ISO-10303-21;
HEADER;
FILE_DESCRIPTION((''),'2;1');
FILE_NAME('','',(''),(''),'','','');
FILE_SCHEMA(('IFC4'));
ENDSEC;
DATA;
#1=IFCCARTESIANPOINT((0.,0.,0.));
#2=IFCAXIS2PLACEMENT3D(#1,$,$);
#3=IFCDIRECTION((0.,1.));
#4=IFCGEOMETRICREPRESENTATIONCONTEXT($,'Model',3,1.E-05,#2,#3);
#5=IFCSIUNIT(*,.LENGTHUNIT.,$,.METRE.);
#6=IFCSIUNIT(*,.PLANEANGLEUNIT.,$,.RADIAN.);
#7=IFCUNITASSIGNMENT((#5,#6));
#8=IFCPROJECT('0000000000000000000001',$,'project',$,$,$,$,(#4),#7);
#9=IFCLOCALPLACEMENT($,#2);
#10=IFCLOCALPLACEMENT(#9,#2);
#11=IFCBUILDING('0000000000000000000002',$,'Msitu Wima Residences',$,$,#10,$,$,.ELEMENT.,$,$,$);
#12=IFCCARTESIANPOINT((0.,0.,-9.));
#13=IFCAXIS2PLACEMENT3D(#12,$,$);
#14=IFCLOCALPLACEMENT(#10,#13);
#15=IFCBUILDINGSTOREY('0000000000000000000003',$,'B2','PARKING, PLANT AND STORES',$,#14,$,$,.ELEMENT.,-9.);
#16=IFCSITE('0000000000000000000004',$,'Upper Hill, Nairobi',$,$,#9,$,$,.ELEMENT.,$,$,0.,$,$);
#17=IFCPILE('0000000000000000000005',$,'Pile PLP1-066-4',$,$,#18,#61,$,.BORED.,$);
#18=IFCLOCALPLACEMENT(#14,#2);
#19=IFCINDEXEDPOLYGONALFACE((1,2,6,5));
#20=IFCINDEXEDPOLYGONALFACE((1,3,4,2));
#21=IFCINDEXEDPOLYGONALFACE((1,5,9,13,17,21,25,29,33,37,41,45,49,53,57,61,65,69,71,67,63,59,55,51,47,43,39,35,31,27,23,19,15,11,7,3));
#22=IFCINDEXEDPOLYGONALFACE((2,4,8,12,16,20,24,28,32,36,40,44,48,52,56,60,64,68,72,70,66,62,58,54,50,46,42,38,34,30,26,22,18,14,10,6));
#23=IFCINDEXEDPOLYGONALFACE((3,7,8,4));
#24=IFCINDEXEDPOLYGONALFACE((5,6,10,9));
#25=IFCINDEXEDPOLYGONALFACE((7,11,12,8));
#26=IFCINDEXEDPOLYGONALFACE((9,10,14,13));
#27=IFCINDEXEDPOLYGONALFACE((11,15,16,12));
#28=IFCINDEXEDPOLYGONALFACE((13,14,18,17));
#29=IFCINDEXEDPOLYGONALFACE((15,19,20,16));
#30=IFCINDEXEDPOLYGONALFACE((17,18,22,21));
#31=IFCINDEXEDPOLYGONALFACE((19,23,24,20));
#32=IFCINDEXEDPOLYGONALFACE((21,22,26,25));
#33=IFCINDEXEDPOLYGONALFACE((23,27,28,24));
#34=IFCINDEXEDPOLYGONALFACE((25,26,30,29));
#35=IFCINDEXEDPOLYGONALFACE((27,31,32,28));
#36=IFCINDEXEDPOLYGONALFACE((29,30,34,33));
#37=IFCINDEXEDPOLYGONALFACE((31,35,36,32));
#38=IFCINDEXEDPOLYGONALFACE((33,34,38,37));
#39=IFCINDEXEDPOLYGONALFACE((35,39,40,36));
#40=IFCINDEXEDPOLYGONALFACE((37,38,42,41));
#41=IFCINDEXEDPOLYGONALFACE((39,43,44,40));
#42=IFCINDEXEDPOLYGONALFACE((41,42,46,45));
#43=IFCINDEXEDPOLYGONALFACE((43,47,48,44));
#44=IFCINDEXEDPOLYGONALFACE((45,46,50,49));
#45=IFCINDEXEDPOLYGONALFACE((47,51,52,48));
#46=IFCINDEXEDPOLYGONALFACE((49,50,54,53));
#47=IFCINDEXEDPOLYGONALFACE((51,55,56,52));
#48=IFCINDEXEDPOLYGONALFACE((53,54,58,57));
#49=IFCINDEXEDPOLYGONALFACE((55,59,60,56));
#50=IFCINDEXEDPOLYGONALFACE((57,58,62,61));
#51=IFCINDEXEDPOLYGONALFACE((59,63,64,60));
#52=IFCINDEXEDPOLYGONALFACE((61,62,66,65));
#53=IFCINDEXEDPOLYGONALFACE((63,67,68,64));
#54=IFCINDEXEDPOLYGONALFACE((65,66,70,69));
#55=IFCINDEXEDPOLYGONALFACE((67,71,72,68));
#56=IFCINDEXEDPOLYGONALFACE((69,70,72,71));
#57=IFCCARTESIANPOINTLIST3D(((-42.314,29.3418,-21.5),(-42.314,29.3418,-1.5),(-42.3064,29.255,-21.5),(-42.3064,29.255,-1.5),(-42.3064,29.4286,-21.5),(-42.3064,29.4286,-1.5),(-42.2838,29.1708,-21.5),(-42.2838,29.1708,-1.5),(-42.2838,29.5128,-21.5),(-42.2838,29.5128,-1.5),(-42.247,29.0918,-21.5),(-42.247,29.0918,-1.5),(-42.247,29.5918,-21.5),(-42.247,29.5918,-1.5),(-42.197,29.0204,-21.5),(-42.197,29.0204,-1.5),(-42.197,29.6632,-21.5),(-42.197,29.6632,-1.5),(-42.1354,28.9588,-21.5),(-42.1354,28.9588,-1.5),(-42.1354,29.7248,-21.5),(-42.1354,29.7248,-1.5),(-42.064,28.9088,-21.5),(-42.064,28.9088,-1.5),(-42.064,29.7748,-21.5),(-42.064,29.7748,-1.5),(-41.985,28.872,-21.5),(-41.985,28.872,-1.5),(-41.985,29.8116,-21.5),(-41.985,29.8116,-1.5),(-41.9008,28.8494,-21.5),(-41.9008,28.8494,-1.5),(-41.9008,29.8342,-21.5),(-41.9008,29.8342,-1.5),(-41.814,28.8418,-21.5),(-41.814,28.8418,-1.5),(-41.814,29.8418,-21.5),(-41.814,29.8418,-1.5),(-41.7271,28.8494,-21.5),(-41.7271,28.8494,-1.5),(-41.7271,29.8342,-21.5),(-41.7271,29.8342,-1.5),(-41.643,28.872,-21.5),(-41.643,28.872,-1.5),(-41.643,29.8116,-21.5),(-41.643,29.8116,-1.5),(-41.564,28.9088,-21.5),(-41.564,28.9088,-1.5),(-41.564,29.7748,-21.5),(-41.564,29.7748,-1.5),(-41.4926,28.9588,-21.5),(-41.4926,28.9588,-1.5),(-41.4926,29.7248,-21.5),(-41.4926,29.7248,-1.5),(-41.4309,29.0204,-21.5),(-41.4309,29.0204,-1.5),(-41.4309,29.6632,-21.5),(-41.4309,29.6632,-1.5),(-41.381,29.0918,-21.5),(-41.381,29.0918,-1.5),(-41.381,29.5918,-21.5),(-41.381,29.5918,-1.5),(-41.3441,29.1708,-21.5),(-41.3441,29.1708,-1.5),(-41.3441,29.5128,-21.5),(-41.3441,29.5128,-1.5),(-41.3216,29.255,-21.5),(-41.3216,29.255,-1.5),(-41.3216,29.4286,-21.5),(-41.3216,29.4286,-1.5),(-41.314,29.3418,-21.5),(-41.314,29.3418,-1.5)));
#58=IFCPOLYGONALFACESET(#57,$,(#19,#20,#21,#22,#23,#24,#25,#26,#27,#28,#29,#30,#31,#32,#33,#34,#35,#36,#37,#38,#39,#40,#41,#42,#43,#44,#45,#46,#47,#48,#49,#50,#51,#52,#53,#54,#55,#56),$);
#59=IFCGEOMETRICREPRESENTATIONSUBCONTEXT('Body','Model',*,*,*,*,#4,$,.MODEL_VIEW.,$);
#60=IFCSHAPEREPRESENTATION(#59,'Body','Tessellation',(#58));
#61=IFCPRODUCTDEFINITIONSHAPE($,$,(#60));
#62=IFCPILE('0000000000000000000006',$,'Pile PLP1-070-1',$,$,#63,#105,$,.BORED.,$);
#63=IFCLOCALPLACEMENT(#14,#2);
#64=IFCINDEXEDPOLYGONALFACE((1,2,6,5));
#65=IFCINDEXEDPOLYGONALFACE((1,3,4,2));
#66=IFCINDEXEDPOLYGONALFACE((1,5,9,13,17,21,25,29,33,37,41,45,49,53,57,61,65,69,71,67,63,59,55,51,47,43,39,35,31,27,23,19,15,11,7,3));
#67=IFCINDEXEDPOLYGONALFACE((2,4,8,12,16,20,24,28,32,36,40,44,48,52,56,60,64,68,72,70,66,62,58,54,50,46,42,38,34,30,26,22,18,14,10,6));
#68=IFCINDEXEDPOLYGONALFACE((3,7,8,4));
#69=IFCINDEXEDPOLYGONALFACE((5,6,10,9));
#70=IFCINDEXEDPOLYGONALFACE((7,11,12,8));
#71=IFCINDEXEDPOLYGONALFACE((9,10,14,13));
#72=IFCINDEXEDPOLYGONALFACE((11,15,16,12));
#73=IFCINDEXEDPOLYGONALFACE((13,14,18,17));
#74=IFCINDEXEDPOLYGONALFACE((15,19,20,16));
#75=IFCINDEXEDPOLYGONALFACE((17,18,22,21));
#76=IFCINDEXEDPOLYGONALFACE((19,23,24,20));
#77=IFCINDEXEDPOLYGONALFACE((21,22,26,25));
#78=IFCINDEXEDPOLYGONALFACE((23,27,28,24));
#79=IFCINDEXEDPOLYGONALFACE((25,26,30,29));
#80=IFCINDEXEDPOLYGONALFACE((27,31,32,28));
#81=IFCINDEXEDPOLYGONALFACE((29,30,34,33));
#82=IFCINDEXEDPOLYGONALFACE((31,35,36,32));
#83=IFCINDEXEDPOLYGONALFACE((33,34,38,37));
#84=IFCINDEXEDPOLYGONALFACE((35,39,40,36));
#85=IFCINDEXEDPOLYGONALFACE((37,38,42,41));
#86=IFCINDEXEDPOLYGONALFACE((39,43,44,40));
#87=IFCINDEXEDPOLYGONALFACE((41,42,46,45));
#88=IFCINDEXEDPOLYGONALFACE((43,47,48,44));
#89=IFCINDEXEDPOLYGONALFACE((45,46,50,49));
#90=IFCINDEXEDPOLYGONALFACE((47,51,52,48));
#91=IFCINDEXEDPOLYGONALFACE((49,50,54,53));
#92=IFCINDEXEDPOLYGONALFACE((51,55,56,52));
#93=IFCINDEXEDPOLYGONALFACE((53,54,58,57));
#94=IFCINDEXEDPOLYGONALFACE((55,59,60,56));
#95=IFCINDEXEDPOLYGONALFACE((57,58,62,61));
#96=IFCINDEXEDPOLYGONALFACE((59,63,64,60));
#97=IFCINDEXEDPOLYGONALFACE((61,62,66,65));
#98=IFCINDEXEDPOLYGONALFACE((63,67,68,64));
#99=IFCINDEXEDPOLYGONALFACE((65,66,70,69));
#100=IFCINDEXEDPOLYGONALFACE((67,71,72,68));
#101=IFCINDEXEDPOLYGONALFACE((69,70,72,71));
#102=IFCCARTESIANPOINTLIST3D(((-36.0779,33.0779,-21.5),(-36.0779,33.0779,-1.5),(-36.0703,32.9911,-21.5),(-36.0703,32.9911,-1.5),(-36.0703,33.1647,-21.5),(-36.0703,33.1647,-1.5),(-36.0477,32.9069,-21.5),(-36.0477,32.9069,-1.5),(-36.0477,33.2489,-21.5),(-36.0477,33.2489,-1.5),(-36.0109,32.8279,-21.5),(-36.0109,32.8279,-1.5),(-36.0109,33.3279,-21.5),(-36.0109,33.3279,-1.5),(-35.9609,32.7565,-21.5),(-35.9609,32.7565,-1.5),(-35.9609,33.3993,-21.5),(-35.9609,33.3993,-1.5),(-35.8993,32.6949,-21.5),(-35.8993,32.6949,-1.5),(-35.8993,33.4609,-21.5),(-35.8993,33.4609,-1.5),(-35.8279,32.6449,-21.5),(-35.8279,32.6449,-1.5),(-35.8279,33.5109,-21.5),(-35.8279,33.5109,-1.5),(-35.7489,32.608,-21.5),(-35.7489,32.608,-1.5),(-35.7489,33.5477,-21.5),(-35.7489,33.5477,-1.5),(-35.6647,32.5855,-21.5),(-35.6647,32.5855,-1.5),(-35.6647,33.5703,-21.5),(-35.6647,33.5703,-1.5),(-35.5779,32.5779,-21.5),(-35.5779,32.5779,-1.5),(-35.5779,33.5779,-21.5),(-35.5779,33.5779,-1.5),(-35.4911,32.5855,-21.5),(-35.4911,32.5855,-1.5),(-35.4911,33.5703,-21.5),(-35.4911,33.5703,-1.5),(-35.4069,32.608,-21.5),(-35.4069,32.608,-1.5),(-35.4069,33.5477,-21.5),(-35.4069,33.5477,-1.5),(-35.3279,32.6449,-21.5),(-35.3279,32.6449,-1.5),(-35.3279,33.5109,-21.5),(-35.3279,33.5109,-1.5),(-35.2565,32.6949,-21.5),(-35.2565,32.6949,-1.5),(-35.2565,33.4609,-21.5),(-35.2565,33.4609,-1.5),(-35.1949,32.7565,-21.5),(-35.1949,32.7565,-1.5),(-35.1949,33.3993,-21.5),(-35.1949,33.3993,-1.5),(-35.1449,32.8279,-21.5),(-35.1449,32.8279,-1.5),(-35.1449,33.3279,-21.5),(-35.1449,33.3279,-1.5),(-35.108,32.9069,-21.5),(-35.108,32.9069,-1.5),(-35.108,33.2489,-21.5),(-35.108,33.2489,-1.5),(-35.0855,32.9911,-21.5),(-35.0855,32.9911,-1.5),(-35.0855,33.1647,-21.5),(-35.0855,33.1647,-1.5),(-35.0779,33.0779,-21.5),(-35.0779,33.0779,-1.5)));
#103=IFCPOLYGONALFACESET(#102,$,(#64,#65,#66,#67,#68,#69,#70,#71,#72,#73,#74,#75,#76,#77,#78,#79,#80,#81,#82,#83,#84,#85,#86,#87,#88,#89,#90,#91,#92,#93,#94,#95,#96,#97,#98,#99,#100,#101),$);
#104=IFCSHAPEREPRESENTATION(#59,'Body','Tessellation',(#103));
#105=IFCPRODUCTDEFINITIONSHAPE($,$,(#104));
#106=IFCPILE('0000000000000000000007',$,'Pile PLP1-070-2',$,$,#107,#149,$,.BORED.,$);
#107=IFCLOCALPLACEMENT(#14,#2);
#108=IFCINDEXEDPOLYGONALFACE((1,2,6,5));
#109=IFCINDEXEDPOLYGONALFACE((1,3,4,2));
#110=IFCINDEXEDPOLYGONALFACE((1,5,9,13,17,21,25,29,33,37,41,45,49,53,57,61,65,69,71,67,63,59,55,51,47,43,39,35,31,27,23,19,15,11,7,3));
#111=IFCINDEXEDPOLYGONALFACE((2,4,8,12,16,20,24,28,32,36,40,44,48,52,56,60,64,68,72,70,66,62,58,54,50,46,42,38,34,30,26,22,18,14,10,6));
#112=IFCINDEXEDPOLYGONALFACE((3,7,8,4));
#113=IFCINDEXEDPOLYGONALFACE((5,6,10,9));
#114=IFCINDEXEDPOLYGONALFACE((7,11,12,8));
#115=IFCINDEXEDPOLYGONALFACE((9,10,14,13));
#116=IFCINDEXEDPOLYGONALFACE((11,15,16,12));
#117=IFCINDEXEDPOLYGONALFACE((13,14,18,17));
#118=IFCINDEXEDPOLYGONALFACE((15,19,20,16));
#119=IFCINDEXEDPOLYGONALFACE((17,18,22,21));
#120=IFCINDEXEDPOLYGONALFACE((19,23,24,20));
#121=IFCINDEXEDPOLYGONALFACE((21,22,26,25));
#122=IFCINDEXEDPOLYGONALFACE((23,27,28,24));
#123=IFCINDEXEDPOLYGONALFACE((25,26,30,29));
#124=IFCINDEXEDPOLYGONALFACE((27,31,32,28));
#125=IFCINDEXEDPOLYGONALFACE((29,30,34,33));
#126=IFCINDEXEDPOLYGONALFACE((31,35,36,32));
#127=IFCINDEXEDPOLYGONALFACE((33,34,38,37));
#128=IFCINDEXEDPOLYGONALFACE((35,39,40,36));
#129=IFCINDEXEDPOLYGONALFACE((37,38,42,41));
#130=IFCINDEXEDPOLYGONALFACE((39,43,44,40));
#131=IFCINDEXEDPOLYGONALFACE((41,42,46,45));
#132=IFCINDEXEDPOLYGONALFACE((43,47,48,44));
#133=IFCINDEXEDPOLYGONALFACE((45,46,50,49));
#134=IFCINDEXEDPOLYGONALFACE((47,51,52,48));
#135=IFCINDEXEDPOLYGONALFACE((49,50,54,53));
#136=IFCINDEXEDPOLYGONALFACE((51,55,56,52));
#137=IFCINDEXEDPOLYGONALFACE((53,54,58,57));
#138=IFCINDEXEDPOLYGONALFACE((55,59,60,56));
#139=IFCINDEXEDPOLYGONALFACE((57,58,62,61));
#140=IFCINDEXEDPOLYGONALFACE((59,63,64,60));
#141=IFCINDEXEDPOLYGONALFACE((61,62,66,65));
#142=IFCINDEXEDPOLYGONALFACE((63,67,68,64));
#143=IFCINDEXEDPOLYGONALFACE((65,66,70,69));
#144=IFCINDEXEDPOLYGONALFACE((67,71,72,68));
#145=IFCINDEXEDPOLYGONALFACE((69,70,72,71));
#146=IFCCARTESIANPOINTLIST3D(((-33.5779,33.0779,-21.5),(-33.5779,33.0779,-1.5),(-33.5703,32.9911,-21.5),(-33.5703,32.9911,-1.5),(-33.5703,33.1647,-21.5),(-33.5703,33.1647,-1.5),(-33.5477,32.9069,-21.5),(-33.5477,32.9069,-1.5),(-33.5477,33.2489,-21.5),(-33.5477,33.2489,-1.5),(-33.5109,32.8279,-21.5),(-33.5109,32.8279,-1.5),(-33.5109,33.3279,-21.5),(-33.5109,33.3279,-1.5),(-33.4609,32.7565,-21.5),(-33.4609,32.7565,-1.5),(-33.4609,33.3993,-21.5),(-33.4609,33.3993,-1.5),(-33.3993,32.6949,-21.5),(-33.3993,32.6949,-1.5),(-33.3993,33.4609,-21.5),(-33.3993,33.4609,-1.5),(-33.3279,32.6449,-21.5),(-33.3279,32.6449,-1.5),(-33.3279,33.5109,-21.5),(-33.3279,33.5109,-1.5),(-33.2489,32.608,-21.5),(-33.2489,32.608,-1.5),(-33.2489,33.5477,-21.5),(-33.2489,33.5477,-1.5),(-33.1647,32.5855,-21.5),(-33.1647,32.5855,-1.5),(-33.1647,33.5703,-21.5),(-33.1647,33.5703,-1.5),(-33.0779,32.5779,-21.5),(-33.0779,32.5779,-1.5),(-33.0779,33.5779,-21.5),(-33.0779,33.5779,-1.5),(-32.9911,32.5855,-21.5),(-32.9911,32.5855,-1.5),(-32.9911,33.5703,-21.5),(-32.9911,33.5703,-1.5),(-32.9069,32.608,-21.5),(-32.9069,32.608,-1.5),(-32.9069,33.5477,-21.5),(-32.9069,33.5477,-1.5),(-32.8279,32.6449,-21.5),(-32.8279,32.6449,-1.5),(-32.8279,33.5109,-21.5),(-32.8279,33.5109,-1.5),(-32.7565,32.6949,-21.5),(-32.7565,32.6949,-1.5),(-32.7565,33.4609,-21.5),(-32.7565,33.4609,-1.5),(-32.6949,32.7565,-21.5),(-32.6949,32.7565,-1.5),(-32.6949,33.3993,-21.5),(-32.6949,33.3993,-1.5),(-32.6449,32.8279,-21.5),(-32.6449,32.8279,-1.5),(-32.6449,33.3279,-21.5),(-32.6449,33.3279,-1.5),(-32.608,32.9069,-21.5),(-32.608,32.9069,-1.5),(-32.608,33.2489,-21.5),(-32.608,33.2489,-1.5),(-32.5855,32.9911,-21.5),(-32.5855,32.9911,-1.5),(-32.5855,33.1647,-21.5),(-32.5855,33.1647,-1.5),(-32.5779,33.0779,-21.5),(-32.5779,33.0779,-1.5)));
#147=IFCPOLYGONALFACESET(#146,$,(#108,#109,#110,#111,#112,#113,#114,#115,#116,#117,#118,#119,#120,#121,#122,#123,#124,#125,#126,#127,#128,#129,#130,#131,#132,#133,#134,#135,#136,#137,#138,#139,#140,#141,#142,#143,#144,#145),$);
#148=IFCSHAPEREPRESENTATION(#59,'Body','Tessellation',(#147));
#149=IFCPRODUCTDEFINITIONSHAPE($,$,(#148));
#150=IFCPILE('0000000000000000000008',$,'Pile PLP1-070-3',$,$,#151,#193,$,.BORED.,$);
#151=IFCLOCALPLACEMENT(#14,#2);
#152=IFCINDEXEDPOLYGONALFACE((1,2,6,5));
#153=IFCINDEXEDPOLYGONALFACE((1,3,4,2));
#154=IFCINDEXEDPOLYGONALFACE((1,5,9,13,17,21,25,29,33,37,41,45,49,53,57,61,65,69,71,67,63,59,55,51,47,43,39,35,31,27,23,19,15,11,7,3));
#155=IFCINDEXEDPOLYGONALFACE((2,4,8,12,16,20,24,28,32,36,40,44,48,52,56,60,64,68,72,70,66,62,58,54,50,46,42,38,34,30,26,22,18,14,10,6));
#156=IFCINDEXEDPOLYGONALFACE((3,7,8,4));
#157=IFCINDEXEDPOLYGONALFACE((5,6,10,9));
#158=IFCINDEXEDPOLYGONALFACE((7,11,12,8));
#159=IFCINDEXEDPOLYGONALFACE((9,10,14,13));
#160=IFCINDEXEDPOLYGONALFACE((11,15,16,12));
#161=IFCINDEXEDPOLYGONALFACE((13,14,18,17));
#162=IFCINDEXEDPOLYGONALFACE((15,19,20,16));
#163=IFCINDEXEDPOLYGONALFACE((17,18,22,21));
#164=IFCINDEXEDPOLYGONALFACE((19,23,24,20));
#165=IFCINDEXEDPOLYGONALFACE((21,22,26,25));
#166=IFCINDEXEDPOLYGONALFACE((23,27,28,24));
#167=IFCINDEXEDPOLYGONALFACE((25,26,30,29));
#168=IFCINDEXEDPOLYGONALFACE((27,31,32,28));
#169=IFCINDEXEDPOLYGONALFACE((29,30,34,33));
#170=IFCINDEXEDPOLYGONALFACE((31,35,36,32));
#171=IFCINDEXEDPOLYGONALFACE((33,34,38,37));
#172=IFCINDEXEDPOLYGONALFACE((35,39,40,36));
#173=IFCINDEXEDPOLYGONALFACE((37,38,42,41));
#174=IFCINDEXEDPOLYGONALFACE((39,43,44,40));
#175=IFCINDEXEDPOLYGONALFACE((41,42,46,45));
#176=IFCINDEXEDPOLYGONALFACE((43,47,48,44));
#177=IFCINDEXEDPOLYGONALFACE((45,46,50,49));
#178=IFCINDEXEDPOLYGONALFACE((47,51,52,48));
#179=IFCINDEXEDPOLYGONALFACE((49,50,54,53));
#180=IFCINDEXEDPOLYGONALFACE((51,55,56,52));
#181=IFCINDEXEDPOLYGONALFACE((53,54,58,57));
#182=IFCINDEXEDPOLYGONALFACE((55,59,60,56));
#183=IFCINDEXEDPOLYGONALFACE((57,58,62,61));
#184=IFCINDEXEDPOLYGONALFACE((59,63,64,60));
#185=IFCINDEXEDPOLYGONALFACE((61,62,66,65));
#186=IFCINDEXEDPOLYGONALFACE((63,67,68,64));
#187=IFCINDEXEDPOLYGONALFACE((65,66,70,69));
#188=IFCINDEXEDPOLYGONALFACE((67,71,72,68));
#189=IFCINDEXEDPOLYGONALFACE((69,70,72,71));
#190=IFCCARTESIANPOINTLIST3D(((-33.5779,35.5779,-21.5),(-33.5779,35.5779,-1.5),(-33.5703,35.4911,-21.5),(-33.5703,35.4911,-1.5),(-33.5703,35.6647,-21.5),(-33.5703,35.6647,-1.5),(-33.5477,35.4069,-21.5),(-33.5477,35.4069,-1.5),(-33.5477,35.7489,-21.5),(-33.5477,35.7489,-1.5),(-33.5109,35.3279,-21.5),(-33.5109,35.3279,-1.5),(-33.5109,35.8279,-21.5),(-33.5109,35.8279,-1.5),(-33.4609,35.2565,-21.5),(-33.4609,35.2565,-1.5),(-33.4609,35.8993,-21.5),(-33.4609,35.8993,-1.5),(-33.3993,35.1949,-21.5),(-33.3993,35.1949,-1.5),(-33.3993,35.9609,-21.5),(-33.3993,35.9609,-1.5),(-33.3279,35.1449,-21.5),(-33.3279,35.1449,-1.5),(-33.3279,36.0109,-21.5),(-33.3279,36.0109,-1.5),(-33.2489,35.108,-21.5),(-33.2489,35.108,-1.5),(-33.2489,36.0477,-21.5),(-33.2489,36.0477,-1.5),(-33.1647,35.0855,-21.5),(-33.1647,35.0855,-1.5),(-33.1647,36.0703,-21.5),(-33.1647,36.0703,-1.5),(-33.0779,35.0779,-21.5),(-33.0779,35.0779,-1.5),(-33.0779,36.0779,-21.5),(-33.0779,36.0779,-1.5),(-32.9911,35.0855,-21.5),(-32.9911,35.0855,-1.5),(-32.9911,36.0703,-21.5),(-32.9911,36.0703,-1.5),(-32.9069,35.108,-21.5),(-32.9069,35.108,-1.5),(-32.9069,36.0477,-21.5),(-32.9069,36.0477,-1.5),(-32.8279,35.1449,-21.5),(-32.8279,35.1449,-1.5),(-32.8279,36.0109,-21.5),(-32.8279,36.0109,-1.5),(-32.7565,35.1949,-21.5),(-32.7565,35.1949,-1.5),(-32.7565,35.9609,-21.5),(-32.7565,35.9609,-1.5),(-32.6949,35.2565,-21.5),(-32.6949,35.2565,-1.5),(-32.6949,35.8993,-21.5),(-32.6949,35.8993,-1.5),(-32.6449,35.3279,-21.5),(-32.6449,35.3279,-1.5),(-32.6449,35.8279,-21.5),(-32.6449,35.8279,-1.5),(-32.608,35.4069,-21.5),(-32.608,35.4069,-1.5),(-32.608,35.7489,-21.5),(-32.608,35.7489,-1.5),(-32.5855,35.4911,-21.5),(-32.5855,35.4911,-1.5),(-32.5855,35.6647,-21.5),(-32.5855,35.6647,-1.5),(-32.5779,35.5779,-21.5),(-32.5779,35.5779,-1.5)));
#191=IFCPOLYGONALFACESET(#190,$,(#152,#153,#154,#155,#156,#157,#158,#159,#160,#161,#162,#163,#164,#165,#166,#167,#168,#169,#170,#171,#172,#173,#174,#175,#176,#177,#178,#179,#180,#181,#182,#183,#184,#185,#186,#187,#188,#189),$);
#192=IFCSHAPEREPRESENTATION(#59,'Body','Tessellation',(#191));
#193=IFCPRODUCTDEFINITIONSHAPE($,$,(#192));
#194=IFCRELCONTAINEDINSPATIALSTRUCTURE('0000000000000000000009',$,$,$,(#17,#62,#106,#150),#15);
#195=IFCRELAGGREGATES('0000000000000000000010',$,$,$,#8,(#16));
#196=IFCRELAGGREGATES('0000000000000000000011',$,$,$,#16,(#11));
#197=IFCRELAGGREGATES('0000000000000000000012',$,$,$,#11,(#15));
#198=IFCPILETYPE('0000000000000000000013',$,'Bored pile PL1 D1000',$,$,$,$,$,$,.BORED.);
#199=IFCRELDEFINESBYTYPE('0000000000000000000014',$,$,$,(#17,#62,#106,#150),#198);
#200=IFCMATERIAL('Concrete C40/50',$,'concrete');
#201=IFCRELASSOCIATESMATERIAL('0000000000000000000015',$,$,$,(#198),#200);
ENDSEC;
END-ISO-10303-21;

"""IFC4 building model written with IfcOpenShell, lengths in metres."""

from ifc_helpers import new_model, si_unit, direction, frame, origin, origin_2d, place, context, subcontext, project, spatial, circle, extrude, material, type_object, element, save


model = new_model("IFC4")

# Units and contexts
model_context = context("Model", 3, precision=1e-05, world=origin(), true_north=direction((0.0, 1.0)))
body_context = subcontext(model_context, "Body", "Model", "MODEL_VIEW")
ifc_project = project(units=[si_unit("LENGTHUNIT", "METRE"), si_unit("PLANEANGLEUNIT", "RADIAN")], contexts=[model_context])

# Site, building, storey
site_placement = place(None, origin())
site = spatial("IfcSite", under=ifc_project, at=site_placement, Name="Upper Hill, Nairobi", CompositionType="ELEMENT", RefElevation=0.0)
building_placement = place(site_placement, origin())
building = spatial("IfcBuilding", under=site, at=building_placement, Name="Msitu Wima Residences", CompositionType="ELEMENT")
storey_placement = place(building_placement, frame((0.0, 0.0, -9.0)))
storey = spatial("IfcBuildingStorey", under=building, at=storey_placement, Name="B2", Description="PARKING, PLANT AND STORES", CompositionType="ELEMENT", Elevation=-9.0)

# Piles
ifc_material_1 = material(Name="Concrete C40/50", Category="concrete")
pile_type = type_object("IfcPileType", Name="Bored pile PL1 D1000", PredefinedType="BORED", material=ifc_material_1)
for number, where, z_axis, x_axis, name in (
    (1, (-41.814, 29.3418, -1.5), (0.0, 0.0, -1.0), (1.0, 0.0, 0.0), "Pile PLP1-066-4"),
    (2, (-35.5779, 33.0779, -1.5), (0.0, 0.0, -1.0), (1.0, 0.0, 0.0), "Pile PLP1-070-1"),
    (3, (-33.0779, 33.0779, -1.5), (0.0, 0.0, -1.0), (1.0, 0.0, 0.0), "Pile PLP1-070-2"),
    (4, (-33.0779, 35.5779, -1.5), (0.0, 0.0, -1.0), (1.0, 0.0, 0.0), "Pile PLP1-070-3"),
):
    element("IfcPile", number, at=place(storey_placement, frame(where, z_axis=z_axis, x_axis=x_axis)), inside=storey, type_object=pile_type, Name=name, PredefinedType="BORED", context=body_context, shape_type="SweptSolid", body=[
        extrude(circle(Radius=0.5, at=origin_2d()), origin(), (0.0, 0.0, 1.0), 20.0),
    ])

save(model, "model.ifc")
